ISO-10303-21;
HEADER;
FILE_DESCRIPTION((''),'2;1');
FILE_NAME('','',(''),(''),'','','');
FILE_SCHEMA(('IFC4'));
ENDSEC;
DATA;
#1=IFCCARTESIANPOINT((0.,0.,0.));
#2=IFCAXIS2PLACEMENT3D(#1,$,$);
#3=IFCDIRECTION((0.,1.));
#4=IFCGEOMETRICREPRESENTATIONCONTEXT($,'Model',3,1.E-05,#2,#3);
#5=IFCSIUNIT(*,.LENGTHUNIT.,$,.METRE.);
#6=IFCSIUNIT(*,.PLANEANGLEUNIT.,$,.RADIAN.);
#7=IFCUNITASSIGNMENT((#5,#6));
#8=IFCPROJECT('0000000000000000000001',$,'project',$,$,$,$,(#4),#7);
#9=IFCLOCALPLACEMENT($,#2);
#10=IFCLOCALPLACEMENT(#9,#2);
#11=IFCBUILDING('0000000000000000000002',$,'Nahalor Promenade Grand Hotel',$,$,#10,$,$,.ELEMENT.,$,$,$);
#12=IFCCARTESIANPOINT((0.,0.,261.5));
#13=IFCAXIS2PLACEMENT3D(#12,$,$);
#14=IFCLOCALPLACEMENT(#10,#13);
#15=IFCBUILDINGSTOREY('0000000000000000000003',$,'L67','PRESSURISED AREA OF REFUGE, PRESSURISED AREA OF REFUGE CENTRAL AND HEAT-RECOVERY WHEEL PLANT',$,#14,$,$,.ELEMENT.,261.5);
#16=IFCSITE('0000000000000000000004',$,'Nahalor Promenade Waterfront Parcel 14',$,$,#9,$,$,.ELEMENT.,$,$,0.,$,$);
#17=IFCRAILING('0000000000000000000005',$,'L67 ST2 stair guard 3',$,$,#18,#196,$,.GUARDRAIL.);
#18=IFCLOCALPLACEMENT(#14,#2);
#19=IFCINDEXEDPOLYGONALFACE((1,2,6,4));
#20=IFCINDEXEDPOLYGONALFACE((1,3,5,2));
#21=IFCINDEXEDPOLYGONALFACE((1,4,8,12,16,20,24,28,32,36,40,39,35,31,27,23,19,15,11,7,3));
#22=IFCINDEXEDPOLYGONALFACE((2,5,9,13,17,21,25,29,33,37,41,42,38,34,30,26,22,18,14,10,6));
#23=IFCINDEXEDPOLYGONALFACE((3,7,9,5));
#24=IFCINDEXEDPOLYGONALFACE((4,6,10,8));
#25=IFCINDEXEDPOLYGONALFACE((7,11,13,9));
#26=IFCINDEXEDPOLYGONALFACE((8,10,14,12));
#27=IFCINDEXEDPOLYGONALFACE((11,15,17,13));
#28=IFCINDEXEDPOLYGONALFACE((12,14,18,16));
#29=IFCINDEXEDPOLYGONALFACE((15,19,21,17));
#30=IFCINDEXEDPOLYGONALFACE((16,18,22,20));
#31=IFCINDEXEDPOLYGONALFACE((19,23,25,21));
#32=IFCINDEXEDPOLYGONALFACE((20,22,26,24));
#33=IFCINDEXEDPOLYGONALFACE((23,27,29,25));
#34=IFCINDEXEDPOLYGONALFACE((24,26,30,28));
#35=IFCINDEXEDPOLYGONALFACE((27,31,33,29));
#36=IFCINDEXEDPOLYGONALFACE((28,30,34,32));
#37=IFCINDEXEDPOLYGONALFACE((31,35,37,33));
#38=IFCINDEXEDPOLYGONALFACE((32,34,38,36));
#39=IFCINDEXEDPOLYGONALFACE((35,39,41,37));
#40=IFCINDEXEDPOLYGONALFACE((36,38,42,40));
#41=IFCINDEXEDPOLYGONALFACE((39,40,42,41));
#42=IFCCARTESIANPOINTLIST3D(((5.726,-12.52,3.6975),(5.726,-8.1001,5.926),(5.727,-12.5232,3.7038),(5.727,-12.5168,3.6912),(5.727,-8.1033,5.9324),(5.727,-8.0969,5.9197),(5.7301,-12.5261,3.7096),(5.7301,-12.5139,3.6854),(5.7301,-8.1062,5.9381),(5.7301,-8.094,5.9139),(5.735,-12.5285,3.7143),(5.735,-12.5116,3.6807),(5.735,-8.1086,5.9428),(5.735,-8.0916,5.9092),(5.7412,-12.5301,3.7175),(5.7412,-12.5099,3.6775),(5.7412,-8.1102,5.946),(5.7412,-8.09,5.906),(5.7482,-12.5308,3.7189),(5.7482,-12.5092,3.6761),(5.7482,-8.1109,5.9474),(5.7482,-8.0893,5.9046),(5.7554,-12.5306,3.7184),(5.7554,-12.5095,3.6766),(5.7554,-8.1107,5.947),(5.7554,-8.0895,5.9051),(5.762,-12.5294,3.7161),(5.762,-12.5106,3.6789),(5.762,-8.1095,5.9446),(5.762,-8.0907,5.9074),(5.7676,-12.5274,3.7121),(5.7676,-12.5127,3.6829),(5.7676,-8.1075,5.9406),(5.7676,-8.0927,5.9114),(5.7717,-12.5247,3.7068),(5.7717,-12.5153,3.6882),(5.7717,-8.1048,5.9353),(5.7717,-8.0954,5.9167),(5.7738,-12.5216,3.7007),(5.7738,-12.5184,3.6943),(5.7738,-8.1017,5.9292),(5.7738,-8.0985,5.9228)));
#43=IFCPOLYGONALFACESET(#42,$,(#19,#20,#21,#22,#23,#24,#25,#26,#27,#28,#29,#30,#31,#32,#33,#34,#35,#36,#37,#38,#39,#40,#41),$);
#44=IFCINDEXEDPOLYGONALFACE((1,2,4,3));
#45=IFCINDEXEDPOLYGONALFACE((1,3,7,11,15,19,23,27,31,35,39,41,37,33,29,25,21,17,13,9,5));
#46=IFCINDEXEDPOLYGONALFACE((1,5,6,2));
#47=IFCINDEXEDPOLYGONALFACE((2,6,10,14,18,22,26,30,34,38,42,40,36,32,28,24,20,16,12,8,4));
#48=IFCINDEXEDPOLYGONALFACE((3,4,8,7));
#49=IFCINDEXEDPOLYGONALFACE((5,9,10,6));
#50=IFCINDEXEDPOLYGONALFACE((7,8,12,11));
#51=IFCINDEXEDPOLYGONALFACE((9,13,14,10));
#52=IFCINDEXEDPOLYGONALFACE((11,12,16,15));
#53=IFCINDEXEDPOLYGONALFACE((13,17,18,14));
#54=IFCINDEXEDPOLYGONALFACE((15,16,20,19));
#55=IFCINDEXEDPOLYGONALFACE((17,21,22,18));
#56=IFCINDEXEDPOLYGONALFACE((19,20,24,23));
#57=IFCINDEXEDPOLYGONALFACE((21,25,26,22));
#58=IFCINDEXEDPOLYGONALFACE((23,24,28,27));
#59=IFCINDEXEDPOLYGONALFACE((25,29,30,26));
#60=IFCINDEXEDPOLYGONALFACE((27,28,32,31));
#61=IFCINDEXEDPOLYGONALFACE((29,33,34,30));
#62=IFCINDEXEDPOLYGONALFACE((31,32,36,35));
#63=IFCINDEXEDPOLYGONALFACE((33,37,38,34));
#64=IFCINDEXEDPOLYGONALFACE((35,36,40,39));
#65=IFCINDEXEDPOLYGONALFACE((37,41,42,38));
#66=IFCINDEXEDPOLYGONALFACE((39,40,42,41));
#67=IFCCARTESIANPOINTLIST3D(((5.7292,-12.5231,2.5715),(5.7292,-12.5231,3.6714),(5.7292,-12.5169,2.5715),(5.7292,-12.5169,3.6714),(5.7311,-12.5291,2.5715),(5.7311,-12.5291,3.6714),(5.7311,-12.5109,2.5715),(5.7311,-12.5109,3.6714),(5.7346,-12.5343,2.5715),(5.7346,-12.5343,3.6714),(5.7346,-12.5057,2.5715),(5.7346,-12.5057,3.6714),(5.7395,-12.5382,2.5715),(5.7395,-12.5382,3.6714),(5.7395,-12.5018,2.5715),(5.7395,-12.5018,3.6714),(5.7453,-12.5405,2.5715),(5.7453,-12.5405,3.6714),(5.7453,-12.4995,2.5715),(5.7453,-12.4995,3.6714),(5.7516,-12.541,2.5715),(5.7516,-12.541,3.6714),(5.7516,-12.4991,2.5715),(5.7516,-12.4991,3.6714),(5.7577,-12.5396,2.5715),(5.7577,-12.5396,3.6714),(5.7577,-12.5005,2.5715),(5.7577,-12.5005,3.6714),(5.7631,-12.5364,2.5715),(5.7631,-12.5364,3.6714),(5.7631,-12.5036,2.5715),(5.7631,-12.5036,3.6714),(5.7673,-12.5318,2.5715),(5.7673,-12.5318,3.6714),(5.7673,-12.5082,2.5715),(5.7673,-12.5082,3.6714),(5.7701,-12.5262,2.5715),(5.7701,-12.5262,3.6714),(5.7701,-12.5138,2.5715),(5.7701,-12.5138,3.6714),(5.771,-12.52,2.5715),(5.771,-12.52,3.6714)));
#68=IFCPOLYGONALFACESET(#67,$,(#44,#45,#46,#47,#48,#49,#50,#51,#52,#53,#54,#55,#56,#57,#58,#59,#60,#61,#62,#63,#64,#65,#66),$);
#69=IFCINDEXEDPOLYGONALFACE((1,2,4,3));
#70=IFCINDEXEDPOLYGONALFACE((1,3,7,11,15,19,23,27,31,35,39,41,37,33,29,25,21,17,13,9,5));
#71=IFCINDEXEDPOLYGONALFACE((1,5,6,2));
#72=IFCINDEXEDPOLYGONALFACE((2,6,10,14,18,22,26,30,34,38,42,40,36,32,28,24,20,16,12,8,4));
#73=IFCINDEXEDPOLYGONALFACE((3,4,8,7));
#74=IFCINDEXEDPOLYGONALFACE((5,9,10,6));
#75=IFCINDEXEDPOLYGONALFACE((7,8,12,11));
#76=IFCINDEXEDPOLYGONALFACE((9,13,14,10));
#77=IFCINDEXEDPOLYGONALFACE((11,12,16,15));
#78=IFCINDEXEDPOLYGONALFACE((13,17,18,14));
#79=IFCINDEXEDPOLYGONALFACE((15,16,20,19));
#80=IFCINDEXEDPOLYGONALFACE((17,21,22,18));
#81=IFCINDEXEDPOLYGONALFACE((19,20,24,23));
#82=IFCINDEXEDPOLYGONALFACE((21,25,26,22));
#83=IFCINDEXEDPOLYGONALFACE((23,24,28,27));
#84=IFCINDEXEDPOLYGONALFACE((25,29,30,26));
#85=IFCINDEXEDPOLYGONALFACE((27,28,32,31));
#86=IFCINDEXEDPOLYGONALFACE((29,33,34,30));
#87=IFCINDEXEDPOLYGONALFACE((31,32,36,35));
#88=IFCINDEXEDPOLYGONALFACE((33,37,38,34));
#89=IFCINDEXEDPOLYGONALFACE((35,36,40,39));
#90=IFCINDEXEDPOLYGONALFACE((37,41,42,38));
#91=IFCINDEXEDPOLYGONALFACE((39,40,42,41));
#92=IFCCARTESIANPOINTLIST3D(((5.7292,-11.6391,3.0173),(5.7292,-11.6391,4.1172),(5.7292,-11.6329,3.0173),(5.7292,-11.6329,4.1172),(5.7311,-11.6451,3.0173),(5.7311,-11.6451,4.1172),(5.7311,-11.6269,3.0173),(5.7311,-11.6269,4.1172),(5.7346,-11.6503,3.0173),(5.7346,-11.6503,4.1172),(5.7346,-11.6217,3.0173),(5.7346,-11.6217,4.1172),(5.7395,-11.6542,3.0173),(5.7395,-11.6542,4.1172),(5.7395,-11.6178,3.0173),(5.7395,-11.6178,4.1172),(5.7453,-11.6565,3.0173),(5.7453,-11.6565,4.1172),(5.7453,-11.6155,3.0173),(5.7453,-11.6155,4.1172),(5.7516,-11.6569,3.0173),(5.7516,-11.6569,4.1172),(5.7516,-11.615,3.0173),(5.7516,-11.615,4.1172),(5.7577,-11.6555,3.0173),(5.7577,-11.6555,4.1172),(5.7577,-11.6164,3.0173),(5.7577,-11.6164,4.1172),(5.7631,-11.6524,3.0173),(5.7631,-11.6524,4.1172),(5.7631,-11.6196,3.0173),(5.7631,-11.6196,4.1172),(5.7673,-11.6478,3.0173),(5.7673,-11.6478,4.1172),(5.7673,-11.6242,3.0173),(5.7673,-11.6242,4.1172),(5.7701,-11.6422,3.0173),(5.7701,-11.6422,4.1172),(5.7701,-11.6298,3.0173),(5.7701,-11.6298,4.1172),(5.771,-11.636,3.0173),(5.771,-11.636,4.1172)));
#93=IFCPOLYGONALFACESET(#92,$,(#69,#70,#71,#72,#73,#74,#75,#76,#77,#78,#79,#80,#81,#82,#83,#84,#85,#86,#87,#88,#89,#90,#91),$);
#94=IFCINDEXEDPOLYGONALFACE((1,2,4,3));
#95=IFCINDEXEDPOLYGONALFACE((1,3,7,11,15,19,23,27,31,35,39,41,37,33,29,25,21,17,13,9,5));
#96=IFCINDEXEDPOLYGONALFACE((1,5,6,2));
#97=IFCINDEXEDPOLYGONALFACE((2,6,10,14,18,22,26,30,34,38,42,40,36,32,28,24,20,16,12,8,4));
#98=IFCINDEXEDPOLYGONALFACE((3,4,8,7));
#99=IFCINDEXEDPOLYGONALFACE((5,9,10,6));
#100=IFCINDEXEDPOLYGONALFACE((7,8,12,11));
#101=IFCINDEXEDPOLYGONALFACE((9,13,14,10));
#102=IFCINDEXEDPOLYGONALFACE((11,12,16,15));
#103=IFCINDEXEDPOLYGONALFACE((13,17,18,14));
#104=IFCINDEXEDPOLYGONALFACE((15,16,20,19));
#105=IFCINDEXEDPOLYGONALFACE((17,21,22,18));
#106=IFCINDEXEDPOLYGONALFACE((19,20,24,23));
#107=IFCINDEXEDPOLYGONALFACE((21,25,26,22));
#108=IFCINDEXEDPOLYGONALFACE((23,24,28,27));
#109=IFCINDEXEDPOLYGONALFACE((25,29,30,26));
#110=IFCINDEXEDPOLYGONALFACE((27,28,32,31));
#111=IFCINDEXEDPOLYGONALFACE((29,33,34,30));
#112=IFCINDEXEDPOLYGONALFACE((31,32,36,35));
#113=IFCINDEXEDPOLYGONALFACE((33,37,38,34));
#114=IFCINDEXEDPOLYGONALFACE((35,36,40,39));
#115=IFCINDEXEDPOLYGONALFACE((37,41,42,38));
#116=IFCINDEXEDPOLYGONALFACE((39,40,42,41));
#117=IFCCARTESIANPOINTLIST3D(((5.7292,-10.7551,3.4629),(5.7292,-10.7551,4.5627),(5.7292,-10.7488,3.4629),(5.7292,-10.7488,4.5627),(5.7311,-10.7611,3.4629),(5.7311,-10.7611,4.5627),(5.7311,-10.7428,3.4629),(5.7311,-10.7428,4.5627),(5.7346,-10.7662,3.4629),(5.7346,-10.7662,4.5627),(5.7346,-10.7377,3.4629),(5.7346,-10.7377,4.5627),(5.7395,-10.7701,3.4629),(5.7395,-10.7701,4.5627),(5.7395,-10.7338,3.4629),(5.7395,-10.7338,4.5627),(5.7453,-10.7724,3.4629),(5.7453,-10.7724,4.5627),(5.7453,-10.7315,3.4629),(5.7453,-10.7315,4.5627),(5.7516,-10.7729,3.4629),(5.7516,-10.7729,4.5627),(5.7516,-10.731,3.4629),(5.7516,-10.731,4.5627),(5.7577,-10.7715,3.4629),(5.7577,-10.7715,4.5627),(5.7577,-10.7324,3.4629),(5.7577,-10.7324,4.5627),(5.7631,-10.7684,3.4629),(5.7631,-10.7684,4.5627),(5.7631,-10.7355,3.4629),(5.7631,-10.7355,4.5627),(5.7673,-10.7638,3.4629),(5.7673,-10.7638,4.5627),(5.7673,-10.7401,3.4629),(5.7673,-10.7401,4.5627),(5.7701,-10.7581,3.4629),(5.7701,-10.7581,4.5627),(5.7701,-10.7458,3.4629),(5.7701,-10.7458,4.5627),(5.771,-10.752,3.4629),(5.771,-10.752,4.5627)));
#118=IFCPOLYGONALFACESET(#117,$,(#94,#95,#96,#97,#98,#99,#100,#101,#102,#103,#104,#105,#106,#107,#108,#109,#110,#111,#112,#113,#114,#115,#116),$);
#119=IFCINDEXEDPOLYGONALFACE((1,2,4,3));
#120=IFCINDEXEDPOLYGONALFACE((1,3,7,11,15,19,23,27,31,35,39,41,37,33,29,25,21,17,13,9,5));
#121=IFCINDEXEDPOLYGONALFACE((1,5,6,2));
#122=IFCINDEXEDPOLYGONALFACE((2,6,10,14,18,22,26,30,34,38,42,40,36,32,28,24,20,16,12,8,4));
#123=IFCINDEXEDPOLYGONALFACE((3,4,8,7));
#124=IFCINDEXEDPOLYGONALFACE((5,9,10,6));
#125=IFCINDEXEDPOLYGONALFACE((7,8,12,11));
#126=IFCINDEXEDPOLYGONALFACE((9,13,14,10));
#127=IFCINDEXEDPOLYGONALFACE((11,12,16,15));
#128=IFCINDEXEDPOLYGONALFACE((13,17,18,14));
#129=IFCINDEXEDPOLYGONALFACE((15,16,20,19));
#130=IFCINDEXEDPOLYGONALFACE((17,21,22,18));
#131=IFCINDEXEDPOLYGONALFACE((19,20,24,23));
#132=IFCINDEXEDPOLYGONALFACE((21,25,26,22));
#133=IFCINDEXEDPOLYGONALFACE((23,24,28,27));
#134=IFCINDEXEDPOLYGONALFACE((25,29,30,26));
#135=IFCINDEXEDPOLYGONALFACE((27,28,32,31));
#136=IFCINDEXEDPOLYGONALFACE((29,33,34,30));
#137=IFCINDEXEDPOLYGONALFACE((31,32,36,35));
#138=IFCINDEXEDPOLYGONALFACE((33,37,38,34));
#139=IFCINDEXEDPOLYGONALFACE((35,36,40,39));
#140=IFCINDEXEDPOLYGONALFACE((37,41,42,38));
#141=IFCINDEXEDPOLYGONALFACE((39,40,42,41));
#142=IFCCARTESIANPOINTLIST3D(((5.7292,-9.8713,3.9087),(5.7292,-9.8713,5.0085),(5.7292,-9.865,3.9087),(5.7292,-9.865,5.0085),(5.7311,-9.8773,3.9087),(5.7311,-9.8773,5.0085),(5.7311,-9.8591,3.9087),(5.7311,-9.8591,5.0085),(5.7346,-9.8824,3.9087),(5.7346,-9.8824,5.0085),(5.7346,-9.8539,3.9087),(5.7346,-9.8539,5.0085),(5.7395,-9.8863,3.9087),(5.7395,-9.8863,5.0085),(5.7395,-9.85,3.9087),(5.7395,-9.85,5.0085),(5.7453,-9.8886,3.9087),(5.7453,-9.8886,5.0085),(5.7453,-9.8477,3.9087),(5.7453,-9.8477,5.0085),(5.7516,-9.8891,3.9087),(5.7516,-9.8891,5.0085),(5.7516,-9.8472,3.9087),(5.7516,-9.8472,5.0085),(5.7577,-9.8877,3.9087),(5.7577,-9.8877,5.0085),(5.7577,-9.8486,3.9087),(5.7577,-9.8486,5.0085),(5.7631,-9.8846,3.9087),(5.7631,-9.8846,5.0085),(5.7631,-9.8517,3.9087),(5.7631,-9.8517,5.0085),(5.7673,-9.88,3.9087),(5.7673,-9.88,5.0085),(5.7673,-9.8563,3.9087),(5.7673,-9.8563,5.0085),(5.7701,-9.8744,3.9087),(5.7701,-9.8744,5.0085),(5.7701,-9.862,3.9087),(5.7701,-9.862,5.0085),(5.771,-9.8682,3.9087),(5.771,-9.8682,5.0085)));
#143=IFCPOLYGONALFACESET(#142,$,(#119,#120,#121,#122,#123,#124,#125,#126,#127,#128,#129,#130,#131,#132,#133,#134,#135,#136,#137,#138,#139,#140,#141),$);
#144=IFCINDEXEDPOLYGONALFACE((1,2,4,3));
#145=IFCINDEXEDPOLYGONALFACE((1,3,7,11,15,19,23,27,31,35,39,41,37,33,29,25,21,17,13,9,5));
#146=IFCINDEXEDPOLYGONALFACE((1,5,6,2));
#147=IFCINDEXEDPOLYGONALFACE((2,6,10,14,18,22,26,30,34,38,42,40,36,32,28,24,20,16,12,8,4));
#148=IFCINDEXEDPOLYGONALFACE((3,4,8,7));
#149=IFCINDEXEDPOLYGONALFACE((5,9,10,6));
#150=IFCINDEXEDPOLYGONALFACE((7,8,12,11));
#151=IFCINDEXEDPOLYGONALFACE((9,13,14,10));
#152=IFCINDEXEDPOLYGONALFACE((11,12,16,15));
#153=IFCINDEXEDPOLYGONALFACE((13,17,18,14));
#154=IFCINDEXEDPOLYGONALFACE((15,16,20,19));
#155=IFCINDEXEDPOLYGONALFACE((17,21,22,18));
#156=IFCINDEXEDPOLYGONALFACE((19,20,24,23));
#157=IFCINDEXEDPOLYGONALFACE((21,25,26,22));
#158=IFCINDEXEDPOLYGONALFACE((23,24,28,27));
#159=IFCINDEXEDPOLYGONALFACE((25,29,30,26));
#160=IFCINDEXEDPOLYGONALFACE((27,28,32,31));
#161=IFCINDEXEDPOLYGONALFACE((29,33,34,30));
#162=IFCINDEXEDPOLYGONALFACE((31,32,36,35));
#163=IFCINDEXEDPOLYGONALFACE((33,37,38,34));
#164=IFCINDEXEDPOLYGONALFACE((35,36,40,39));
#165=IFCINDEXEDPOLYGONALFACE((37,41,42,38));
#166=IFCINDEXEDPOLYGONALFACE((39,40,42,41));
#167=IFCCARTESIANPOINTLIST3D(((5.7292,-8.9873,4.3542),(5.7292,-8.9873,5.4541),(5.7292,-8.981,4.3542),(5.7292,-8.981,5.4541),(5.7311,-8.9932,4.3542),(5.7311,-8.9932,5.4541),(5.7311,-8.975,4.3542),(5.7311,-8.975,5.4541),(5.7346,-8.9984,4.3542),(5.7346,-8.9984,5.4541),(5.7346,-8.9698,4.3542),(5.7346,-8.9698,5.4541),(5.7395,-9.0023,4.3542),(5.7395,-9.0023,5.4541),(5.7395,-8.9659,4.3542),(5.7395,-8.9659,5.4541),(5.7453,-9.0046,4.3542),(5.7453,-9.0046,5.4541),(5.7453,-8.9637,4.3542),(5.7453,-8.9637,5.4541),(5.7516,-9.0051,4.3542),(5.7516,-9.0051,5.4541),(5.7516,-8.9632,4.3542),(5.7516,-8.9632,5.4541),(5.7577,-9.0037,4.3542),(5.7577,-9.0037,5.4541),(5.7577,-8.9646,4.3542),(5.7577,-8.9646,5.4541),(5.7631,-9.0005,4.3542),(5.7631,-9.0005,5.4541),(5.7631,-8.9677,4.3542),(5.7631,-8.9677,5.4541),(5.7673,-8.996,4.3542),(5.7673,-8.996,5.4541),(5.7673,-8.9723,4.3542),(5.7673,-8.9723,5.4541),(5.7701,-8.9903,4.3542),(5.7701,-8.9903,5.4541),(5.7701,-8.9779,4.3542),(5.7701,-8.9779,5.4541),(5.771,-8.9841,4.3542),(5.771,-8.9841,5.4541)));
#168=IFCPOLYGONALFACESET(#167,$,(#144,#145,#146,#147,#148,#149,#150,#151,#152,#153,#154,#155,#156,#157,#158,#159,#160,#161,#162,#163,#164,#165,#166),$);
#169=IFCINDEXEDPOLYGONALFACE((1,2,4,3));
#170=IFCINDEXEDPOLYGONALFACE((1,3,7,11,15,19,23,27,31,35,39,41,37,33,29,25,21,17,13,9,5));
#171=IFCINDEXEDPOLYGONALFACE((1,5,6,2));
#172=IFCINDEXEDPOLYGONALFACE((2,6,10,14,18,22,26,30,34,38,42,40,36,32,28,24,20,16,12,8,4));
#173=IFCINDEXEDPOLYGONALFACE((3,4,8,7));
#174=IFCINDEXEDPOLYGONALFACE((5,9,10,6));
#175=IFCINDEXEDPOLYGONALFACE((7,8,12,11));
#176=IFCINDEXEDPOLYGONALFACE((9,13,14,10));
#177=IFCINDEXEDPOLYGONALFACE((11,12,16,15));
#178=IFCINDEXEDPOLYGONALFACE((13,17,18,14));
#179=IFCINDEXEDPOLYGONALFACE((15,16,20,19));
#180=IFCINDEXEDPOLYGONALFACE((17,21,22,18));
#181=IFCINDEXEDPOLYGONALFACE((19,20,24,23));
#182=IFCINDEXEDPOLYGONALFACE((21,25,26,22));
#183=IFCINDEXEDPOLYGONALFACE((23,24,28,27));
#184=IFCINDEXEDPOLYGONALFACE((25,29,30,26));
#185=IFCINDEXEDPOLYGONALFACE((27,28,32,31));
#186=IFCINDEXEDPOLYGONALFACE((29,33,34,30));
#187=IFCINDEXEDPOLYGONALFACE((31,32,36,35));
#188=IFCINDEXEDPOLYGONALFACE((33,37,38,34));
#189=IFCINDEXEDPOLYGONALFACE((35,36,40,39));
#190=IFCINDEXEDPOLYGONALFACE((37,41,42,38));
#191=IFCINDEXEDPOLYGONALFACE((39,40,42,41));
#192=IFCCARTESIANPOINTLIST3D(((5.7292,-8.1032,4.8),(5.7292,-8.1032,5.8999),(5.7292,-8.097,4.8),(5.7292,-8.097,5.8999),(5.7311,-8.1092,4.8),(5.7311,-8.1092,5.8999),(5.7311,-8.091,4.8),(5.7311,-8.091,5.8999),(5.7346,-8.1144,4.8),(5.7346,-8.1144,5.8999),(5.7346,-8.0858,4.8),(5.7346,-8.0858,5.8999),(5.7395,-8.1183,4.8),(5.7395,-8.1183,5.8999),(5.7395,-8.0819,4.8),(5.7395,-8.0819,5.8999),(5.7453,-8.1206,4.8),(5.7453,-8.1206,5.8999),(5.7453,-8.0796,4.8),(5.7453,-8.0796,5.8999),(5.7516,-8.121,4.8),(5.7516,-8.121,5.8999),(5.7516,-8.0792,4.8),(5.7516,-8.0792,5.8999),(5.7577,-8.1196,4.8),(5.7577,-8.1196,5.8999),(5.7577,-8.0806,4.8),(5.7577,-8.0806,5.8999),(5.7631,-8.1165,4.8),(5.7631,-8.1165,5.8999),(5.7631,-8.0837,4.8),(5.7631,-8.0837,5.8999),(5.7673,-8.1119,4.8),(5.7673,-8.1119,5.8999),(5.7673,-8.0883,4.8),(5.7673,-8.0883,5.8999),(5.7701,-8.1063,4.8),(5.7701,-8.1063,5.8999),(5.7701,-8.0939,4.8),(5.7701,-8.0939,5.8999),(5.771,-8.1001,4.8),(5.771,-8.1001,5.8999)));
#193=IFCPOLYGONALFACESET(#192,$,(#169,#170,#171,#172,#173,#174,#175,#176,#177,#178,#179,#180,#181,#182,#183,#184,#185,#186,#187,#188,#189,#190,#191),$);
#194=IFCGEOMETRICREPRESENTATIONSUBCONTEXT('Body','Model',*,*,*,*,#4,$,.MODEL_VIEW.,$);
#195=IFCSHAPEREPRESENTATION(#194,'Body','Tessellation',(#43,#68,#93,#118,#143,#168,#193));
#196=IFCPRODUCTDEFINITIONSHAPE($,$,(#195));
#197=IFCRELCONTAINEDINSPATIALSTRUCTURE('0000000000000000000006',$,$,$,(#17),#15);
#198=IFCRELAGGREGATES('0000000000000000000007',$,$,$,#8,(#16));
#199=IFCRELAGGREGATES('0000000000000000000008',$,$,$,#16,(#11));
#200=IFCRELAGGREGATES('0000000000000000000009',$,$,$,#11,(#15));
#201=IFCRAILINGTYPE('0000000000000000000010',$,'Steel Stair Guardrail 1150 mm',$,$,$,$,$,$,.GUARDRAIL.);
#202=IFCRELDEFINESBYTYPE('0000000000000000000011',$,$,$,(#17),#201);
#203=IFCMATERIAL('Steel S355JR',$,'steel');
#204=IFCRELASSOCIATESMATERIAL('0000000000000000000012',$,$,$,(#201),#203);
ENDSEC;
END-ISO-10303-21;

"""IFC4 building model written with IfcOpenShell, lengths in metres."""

from ifc_helpers import new_model, si_unit, direction, frame, origin, origin_2d, place, context, subcontext, project, spatial, circle, extrude, material, type_object, element, save


model = new_model("IFC4")

# Units and contexts
model_context = context("Model", 3, precision=1e-05, world=origin(), true_north=direction((0.0, 1.0)))
body_context = subcontext(model_context, "Body", "Model", "MODEL_VIEW")
ifc_project = project(units=[si_unit("LENGTHUNIT", "METRE"), si_unit("PLANEANGLEUNIT", "RADIAN")], contexts=[model_context])

# Site, building, storey
site_placement = place(None, origin())
site = spatial("IfcSite", under=ifc_project, at=site_placement, Name="Nahalor Promenade Waterfront Parcel 14", CompositionType="ELEMENT", RefElevation=0.0)
building_placement = place(site_placement, origin())
building = spatial("IfcBuilding", under=site, at=building_placement, Name="Nahalor Promenade Grand Hotel", CompositionType="ELEMENT")
storey_placement = place(building_placement, frame((0.0, 0.0, 261.5)))
storey = spatial("IfcBuildingStorey", under=building, at=storey_placement, Name="L67", Description="PRESSURISED AREA OF REFUGE, PRESSURISED AREA OF REFUGE CENTRAL AND HEAT-RECOVERY WHEEL PLANT", CompositionType="ELEMENT", Elevation=261.5)

# Shared definitions
ifc_material_1 = material(Name="Steel S355JR", Category="steel")

# Railing
railing_type_1 = type_object("IfcRailingType", Name="Steel Stair Guardrail 1150 mm", PredefinedType="GUARDRAIL", material=ifc_material_1)
railing_1_placement = place(storey_placement, frame((5.75, -12.52, 2.5715)))
element("IfcRailing", 1, at=railing_1_placement, inside=storey, type_object=railing_type_1, Name="L67 ST2 stair guard 3", PredefinedType="GUARDRAIL", context=body_context, shape_type="SweptSolid", body=[
    extrude(circle(Radius=0.024, at=origin_2d()), frame((0.0, 0.0, 1.126), z_axis=(0.0, 0.892923, 0.45021), x_axis=(-1.0, 0.0, 0.0)), (0.0, 0.0, 1.0), 4.95),
    extrude(circle(Radius=0.021, at=origin_2d()), origin(), (0.0, 0.0, 1.0), 1.0999),
    extrude(circle(Radius=0.021, at=origin_2d()), frame((0.0, 0.884, 0.4458)), (0.0, 0.0, 1.0), 1.0999),
    extrude(circle(Radius=0.021, at=origin_2d()), frame((0.0, 1.7681, 0.8914)), (0.0, 0.0, 1.0), 1.0999),
    extrude(circle(Radius=0.021, at=origin_2d()), frame((0.0, 2.6519, 1.3372)), (0.0, 0.0, 1.0), 1.0999),
    extrude(circle(Radius=0.021, at=origin_2d()), frame((0.0, 3.5359, 1.7827)), (0.0, 0.0, 1.0), 1.0999),
    extrude(circle(Radius=0.021, at=origin_2d()), frame((0.0, 4.4199, 2.2285)), (0.0, 0.0, 1.0), 1.0999),
])

save(model, "model.ifc")
